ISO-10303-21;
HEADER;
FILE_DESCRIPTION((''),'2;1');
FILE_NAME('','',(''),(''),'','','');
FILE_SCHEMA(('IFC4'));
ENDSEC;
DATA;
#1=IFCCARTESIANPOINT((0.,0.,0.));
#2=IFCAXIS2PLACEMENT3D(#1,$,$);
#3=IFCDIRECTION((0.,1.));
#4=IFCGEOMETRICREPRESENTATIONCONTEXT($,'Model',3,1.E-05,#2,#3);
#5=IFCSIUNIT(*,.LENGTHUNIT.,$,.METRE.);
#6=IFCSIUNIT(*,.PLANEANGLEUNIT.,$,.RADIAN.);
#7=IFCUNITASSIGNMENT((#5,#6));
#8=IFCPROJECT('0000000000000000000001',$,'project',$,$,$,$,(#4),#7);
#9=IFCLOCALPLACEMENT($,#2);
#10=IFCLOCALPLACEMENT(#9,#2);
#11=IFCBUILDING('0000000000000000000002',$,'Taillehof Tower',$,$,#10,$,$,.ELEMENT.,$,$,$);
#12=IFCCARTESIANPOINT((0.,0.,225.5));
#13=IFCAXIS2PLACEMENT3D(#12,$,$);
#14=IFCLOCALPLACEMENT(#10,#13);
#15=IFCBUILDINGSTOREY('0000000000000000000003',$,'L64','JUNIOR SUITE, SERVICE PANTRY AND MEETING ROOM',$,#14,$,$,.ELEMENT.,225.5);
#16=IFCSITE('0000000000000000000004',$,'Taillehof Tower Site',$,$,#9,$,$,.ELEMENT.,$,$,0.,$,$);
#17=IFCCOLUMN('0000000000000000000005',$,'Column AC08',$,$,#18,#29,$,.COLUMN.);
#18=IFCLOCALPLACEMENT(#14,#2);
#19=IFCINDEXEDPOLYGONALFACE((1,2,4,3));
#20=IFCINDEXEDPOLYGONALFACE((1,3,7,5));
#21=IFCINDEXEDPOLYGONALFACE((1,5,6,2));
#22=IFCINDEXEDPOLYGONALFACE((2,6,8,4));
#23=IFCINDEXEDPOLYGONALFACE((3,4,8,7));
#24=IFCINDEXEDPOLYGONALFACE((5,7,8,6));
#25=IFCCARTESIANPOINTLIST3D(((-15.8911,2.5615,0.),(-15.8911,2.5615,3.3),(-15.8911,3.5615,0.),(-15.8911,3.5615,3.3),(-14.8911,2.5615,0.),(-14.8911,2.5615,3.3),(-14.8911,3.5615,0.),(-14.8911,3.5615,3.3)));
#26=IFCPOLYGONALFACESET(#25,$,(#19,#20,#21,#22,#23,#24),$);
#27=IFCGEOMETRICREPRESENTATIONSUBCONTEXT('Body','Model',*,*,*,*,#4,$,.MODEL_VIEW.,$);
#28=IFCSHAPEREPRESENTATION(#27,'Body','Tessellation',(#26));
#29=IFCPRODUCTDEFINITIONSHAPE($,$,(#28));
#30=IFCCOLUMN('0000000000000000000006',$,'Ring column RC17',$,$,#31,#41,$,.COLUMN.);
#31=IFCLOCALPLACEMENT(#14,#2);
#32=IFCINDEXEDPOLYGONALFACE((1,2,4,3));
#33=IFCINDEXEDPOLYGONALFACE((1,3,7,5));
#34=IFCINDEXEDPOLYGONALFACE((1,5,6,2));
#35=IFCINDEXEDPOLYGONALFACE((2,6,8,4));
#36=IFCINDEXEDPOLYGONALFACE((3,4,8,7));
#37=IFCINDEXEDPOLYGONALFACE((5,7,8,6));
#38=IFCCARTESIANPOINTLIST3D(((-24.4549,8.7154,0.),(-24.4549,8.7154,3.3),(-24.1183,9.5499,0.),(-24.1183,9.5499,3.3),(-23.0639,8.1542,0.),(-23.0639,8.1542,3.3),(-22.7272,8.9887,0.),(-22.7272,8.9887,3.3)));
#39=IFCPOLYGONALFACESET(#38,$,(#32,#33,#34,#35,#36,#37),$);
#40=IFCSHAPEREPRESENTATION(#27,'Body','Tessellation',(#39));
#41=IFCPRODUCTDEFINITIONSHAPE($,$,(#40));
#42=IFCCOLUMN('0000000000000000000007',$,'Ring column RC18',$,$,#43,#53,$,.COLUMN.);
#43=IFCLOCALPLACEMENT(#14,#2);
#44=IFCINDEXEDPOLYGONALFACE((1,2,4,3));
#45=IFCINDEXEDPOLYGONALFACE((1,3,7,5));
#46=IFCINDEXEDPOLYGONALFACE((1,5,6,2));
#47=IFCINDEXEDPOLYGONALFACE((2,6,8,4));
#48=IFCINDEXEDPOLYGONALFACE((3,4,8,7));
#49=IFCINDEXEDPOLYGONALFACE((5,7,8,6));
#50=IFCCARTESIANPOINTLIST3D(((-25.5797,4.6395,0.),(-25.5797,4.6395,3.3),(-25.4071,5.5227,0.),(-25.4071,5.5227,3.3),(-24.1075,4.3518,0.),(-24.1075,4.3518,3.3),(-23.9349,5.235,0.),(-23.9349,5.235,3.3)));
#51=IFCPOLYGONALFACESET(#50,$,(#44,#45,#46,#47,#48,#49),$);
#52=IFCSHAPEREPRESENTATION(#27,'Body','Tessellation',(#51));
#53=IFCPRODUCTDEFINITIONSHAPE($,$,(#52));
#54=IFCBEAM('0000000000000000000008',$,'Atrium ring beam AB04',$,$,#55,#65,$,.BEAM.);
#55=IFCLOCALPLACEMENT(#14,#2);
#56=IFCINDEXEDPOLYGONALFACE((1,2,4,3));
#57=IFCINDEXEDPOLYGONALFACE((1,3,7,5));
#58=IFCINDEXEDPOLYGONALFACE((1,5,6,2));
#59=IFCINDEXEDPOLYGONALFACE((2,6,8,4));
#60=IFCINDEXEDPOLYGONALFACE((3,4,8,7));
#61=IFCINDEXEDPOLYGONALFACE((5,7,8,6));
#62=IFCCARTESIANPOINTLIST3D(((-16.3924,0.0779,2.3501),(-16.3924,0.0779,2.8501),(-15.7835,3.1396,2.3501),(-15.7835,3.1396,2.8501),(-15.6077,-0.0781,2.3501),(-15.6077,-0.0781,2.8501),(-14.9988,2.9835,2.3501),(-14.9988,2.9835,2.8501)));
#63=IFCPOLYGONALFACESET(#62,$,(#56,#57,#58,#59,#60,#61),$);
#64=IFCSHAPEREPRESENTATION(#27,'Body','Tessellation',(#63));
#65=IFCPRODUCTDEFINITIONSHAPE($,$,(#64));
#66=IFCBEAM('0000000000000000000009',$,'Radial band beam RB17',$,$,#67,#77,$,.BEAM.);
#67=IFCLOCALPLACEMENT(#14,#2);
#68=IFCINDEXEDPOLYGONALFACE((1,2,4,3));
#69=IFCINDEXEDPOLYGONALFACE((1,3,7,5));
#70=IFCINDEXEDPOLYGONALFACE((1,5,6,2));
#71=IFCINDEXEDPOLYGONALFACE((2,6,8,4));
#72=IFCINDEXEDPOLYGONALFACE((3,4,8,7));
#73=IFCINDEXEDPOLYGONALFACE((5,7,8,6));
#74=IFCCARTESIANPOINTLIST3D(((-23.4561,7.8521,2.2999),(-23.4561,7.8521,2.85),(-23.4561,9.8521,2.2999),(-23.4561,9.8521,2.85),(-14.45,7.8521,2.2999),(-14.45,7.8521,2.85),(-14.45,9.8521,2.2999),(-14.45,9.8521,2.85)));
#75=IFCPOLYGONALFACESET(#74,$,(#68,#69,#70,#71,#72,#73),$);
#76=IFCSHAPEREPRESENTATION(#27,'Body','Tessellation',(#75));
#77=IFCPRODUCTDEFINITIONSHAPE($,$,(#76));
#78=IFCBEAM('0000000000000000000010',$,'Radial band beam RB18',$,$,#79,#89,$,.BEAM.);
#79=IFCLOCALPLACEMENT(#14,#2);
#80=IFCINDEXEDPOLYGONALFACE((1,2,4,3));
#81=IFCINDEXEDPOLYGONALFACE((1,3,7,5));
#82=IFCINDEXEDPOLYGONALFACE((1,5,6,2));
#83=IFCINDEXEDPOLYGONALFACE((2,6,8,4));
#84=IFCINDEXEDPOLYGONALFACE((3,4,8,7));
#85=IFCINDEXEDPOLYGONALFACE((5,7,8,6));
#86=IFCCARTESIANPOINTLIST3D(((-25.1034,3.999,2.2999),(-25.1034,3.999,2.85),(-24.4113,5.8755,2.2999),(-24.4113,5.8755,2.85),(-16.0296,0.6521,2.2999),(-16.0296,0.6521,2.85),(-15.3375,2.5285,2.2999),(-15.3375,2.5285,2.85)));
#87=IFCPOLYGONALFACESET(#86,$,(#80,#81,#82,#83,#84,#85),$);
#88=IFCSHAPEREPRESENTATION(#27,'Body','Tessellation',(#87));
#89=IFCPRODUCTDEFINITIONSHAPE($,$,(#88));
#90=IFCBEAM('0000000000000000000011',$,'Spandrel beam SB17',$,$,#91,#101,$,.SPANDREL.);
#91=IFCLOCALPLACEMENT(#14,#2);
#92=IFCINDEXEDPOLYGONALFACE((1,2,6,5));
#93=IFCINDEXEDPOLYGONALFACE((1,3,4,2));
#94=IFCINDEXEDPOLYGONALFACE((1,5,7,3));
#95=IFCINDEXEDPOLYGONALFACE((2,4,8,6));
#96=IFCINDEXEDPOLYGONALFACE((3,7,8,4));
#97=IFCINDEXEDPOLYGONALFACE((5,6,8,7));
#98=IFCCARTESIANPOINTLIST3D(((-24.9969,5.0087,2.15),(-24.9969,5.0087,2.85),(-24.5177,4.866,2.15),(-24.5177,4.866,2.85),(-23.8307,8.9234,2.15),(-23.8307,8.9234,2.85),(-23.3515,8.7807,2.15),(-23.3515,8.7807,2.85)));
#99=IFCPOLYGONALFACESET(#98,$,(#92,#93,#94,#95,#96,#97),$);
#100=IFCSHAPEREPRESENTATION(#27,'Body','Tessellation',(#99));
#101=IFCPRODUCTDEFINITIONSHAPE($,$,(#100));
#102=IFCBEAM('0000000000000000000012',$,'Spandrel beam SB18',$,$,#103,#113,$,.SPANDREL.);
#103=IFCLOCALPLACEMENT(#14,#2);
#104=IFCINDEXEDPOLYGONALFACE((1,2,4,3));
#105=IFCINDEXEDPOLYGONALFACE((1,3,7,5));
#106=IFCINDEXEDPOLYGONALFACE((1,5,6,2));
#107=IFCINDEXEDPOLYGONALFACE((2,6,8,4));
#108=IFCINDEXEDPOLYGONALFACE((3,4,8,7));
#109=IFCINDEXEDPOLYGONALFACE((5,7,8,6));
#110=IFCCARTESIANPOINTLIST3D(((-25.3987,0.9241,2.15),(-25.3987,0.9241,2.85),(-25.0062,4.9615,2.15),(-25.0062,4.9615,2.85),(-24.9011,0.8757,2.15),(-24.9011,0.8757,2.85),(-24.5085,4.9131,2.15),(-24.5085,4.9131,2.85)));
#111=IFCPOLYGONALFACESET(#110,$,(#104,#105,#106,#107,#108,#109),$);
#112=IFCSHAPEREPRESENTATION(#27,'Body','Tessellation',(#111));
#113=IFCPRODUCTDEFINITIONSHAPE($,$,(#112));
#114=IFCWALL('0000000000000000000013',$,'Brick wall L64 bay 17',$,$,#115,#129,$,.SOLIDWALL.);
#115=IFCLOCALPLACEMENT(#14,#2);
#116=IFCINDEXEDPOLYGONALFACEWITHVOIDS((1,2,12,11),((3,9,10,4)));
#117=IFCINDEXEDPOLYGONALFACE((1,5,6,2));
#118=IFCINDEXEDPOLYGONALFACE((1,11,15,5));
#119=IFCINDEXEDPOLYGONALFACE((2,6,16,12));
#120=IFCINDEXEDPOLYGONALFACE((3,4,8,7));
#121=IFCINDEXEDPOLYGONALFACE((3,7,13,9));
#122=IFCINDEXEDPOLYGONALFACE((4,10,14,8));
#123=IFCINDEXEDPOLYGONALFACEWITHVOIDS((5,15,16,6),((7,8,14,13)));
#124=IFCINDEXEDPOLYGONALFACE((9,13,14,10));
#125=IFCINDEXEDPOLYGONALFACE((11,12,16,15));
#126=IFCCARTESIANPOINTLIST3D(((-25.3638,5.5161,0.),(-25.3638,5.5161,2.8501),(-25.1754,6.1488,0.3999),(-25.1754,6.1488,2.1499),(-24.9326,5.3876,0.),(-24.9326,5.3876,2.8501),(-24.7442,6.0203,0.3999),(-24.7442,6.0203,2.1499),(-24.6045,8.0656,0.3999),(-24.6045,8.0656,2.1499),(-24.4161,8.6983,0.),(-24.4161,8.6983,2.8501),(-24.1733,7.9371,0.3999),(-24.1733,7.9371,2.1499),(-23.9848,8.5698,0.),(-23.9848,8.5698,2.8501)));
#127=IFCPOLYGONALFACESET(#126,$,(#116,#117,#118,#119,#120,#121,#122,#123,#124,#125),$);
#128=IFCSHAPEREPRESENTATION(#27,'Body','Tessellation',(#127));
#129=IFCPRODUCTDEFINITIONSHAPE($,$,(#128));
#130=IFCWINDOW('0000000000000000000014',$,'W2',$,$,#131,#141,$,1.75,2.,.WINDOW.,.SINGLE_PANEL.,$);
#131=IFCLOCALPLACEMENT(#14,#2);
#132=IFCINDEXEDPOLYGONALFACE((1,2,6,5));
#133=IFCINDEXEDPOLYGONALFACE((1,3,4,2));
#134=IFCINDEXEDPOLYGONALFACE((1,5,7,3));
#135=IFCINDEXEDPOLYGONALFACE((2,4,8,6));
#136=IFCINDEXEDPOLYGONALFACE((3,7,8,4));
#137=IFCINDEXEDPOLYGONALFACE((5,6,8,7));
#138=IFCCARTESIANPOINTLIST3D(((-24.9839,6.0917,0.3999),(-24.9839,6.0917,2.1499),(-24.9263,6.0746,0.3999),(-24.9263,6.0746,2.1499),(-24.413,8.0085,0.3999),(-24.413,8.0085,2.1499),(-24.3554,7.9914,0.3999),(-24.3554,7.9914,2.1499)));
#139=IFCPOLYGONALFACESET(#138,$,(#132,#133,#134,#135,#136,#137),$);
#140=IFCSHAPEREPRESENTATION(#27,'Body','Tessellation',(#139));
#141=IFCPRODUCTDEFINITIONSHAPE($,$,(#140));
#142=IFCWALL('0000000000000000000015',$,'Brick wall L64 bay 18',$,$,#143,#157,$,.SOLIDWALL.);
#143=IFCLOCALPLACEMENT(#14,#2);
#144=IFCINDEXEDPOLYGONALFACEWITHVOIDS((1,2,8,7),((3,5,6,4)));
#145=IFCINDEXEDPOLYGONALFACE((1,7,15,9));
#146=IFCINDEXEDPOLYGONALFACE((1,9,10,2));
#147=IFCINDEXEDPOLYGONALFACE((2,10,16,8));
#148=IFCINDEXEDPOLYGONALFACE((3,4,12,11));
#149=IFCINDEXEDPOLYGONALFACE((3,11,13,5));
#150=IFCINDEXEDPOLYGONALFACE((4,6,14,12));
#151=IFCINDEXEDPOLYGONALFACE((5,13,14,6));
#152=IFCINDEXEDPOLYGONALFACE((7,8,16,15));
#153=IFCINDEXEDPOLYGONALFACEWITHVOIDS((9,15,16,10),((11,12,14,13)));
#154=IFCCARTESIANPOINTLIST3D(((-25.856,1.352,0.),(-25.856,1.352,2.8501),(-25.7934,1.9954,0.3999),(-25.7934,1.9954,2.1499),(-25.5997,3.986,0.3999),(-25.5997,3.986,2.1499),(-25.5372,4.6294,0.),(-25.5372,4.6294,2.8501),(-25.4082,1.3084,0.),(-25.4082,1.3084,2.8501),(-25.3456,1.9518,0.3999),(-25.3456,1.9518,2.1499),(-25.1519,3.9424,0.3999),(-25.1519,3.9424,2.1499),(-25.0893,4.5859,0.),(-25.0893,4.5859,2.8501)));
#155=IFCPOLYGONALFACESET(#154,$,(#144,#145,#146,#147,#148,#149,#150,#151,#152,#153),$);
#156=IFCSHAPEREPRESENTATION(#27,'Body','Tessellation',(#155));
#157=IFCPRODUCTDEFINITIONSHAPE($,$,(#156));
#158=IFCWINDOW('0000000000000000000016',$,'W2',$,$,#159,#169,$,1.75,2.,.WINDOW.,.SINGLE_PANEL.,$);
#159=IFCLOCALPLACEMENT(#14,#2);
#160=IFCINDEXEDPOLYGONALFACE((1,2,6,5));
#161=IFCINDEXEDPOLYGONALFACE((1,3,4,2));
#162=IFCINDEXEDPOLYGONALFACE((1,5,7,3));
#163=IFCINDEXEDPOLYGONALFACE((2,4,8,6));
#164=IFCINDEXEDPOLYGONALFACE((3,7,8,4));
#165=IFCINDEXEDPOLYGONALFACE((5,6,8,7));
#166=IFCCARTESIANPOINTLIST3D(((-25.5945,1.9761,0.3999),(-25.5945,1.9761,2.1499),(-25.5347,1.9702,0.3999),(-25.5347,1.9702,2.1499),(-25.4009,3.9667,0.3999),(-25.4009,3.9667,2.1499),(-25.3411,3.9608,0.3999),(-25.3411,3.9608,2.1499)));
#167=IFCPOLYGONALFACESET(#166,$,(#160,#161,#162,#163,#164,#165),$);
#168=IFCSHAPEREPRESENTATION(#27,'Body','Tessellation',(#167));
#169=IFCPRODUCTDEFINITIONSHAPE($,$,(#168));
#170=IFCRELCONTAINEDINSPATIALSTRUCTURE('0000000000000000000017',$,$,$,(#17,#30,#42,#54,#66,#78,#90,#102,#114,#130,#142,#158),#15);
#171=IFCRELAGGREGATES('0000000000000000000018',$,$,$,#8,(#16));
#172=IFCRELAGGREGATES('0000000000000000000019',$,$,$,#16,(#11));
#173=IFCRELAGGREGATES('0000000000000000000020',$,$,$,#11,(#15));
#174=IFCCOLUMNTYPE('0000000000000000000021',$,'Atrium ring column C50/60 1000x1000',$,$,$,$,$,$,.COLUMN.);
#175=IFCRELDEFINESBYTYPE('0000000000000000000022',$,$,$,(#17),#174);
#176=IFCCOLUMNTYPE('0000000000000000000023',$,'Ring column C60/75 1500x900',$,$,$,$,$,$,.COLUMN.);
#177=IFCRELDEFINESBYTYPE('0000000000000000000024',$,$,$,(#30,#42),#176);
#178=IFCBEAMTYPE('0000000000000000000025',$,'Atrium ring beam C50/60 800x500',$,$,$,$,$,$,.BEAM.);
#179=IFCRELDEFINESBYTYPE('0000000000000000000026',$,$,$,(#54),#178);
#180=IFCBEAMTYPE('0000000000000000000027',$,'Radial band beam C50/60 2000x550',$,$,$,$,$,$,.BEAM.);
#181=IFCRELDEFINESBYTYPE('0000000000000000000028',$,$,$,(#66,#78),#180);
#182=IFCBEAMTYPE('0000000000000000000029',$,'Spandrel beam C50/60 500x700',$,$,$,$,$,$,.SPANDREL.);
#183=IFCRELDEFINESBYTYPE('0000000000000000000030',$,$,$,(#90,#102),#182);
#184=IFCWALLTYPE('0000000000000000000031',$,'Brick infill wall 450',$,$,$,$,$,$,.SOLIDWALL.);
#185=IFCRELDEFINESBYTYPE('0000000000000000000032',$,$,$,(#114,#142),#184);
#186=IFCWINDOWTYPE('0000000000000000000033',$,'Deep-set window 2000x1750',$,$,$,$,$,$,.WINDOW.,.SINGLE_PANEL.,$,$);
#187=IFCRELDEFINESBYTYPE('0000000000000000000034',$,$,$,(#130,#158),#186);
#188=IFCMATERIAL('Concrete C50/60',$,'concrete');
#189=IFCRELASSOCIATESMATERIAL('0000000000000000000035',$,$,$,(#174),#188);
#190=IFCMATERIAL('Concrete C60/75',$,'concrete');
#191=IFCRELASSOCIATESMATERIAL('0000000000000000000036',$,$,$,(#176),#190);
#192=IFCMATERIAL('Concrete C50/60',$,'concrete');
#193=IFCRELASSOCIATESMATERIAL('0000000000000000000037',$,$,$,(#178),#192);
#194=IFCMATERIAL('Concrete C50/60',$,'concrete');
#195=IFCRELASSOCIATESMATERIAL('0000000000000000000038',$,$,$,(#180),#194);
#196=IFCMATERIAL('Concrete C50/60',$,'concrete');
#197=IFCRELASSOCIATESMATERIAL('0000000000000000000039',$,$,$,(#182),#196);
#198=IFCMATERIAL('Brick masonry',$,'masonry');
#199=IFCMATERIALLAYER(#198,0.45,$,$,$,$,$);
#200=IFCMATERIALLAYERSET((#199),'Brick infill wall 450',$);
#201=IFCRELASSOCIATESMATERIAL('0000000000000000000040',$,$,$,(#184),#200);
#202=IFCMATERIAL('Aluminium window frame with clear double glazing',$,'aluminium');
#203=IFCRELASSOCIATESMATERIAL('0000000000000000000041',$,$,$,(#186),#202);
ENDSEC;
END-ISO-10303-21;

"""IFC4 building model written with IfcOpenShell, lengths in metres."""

from ifc_helpers import new_model, si_unit, direction, frame, frame_2d, origin, origin_2d, place, context, subcontext, project, spatial, rectangle, extrude, material, layer, layer_set, material_profile, profile_set, type_object, element, fill, save


model = new_model("IFC4")

# Units and contexts
model_context = context("Model", 3, precision=1e-05, world=origin(), true_north=direction((0.0, 1.0)))
body_context = subcontext(model_context, "Body", "Model", "MODEL_VIEW")
ifc_project = project(units=[si_unit("LENGTHUNIT", "METRE"), si_unit("PLANEANGLEUNIT", "RADIAN")], contexts=[model_context])

# Site, building, storey
site_placement = place(None, origin())
site = spatial("IfcSite", under=ifc_project, at=site_placement, Name="Taillehof Tower Site", CompositionType="ELEMENT", RefElevation=0.0)
building_placement = place(site_placement, origin())
building = spatial("IfcBuilding", under=site, at=building_placement, Name="Taillehof Tower", CompositionType="ELEMENT")
storey_placement = place(building_placement, frame((0.0, 0.0, 225.5)))
storey = spatial("IfcBuildingStorey", under=building, at=storey_placement, Name="L64", Description="JUNIOR SUITE, SERVICE PANTRY AND MEETING ROOM", CompositionType="ELEMENT", Elevation=225.5)

# Columns
ifc_material_1 = material(Name="Concrete C50/60", Category="concrete")
ifc_material_profile_1 = material_profile(ifc_material_1, rectangle(XDim=1.0, YDim=1.0, at=origin_2d()), Name="RC 1000x1000")
ifc_profile_set_1 = profile_set([ifc_material_profile_1], Name="Concrete C50/60")
column_type_1 = type_object("IfcColumnType", Name="Atrium ring column C50/60 1000x1000", PredefinedType="COLUMN", material=ifc_profile_set_1)
column_placement = place(storey_placement, frame((-15.3911, 3.0615, 0.0), z_axis=(0.0, 0.0, 1.0), x_axis=(1.0, 0.0, 0.0)))
element("IfcColumn", 1, at=column_placement, inside=storey, type_object=column_type_1, Name="Column AC08", PredefinedType="COLUMN", context=body_context, shape_type="SweptSolid", body=[
    extrude(rectangle(XDim=1.0, YDim=1.0, at=origin_2d()), origin(), (0.0, 0.0, 1.0), 3.3),
])
ifc_material_2 = material(Name="Concrete C60/75", Category="concrete")
ifc_material_profile_2 = material_profile(ifc_material_2, rectangle(XDim=1.5, YDim=0.8999, at=origin_2d()), Name="RC 1500x900")
ifc_profile_set_2 = profile_set([ifc_material_profile_2], Name="Concrete C60/75")
column_type_2 = type_object("IfcColumnType", Name="Ring column C60/75 1500x900", PredefinedType="COLUMN", material=ifc_profile_set_2)
for number, where, z_axis, x_axis, name in (
    (2, (-23.5911, 8.8521, 0.0), (0.0, 0.0, 1.0), (-0.927385, 0.374108, 0.0), "Ring column RC17"),
    (3, (-24.7573, 4.9373, 0.0), (0.0, 0.0, 1.0), (-0.981434, 0.191801, 0.0), "Ring column RC18"),
):
    element("IfcColumn", number, at=place(storey_placement, frame(where, z_axis=z_axis, x_axis=x_axis)), inside=storey, type_object=column_type_2, Name=name, PredefinedType="COLUMN", context=body_context, shape_type="SweptSolid", body=[
        extrude(rectangle(XDim=1.5, YDim=0.8999, at=origin_2d()), origin(), (0.0, 0.0, 1.0), 3.3),
    ])

# Beams
ifc_material_3 = material(Name="Concrete C50/60", Category="concrete")
ifc_material_profile_3 = material_profile(ifc_material_3, rectangle(XDim=0.8, YDim=0.5, at=origin_2d()), Name="RC 800x500")
ifc_profile_set_3 = profile_set([ifc_material_profile_3], Name="Concrete C50/60")
beam_type_1 = type_object("IfcBeamType", Name="Atrium ring beam C50/60 800x500", PredefinedType="BEAM", material=ifc_profile_set_3)
beam_1_placement = place(storey_placement, frame((-15.3911, 3.0615, 2.6001), z_axis=(-0.195063, -0.980791, 0.0), x_axis=(0.980791, -0.195063, 0.0)))
element("IfcBeam", 4, at=beam_1_placement, inside=storey, type_object=beam_type_1, Name="Atrium ring beam AB04", PredefinedType="BEAM", context=body_context, shape_type="SweptSolid", body=[
    extrude(rectangle(XDim=0.8, YDim=0.5, at=origin_2d()), origin(), (0.0, 0.0, 1.0), 3.1216),
])
ifc_material_4 = material(Name="Concrete C50/60", Category="concrete")
ifc_material_profile_4 = material_profile(ifc_material_4, rectangle(XDim=2.0, YDim=0.55, at=origin_2d()), Name="RC 2000x550")
ifc_profile_set_4 = profile_set([ifc_material_profile_4], Name="Concrete C50/60")
beam_type_2 = type_object("IfcBeamType", Name="Radial band beam C50/60 2000x550", PredefinedType="BEAM", material=ifc_profile_set_4)
beam_2_placement = place(storey_placement, frame((-23.4561, 8.8521, 2.575), z_axis=(1.0, 0.0, 0.0), x_axis=(0.0, 1.0, 0.0)))
element("IfcBeam", 5, at=beam_2_placement, inside=storey, type_object=beam_type_2, Name="Radial band beam RB17", PredefinedType="BEAM", context=body_context, shape_type="SweptSolid", body=[
    extrude(rectangle(XDim=2.0, YDim=0.55, at=origin_2d()), origin(), (0.0, 0.0, 1.0), 9.0061),
])
beam_3_placement = place(storey_placement, frame((-24.7573, 4.9373, 2.575), z_axis=(0.93821, -0.346067, 0.0), x_axis=(0.346067, 0.93821, 0.0)))
element("IfcBeam", 6, at=beam_3_placement, inside=storey, type_object=beam_type_2, Name="Radial band beam RB18", PredefinedType="BEAM", context=body_context, shape_type="SweptSolid", body=[
    extrude(rectangle(XDim=2.0, YDim=0.55, at=origin_2d()), origin(), (0.0, 0.0, 1.0), 9.6714),
])
ifc_material_5 = material(Name="Concrete C50/60", Category="concrete")
ifc_material_profile_5 = material_profile(ifc_material_5, rectangle(XDim=0.5, YDim=0.7, at=origin_2d()), Name="RC 500x700")
ifc_profile_set_5 = profile_set([ifc_material_profile_5], Name="Concrete C50/60")
beam_type_3 = type_object("IfcBeamType", Name="Spandrel beam C50/60 500x700", PredefinedType="SPANDREL", material=ifc_profile_set_5)
beam_4_placement = place(storey_placement, frame((-23.5911, 8.8521, 2.5), z_axis=(-0.28551, -0.958376, 0.0), x_axis=(0.958376, -0.28551, 0.0)))
element("IfcBeam", 7, at=beam_4_placement, inside=storey, type_object=beam_type_3, Name="Spandrel beam SB17", PredefinedType="SPANDREL", context=body_context, shape_type="SweptSolid", body=[
    extrude(rectangle(XDim=0.5, YDim=0.7, at=origin_2d()), origin(), (0.0, 0.0, 1.0), 4.0847),
])
beam_5_placement = place(storey_placement, frame((-24.7573, 4.9373, 2.5), z_axis=(-0.09678, -0.995306, 0.0), x_axis=(0.995306, -0.09678, 0.0)))
element("IfcBeam", 8, at=beam_5_placement, inside=storey, type_object=beam_type_3, Name="Spandrel beam SB18", PredefinedType="SPANDREL", context=body_context, shape_type="SweptSolid", body=[
    extrude(rectangle(XDim=0.5, YDim=0.7, at=origin_2d()), origin(), (0.0, 0.0, 1.0), 4.0564),
])

# Walls, openings, windows
ifc_material_6 = material(Name="Brick masonry", Category="masonry")
ifc_layer_1 = layer(ifc_material_6, 0.45)
ifc_layer_set_1 = layer_set([ifc_layer_1], Name="Brick infill wall 450")
wall_type_1 = type_object("IfcWallType", Name="Brick infill wall 450", PredefinedType="SOLIDWALL", material=ifc_layer_set_1)
wall_1_placement = place(storey_placement, frame((-24.2004, 8.634, 0.0), z_axis=(0.0, 0.0, 1.0), x_axis=(-0.285445, -0.958395, 0.0)))
wall_1 = element("IfcWall", 9, at=wall_1_placement, inside=storey, type_object=wall_type_1, Name="Brick wall L64 bay 17", PredefinedType="SOLIDWALL", context=body_context, shape_type="SweptSolid", body=[
    extrude(rectangle(XDim=3.3203, YDim=0.45, at=frame_2d((1.6602, 0.0))), origin(), (0.0, 0.0, 1.0), 2.8501),
])
opening_1_placement = place(wall_1_placement, frame((0.6602, 0.0, 0.3999)))
opening_1 = element("IfcOpeningElement", 10, at=opening_1_placement, cuts=wall_1, PredefinedType="OPENING", context=body_context, shape_type="SweptSolid", body=[
    extrude(rectangle(XDim=2.0, YDim=1.75, at=frame_2d((1.0, 0.875))), frame((0.0, 0.2349, 0.0), z_axis=(0.0, -1.0, 0.0), x_axis=(1.0, 0.0, 0.0)), (0.0, 0.0, 1.0), 0.47),
])
ifc_material_7 = material(Name="Aluminium window frame with clear double glazing", Category="aluminium")
window_type = type_object("IfcWindowType", Name="Deep-set window 2000x1750", PartitioningType="SINGLE_PANEL", PredefinedType="WINDOW", material=ifc_material_7)
window_1_placement = place(opening_1_placement, origin())
window_1 = element("IfcWindow", 11, at=window_1_placement, inside=storey, type_object=window_type, Name="W2", OverallHeight=1.75, OverallWidth=2.0, PartitioningType="SINGLE_PANEL", PredefinedType="WINDOW", context=body_context, shape_type="SweptSolid", body=[
    extrude(rectangle(XDim=2.0, YDim=1.75, at=frame_2d((1.0, 0.875))), frame((0.0, 0.0349, 0.0), z_axis=(0.0, -1.0, 0.0), x_axis=(1.0, 0.0, 0.0)), (0.0, 0.0, 1.0), 0.0601),
])
fill(opening_1, window_1)
wall_2_placement = place(storey_placement, frame((-25.3132, 4.6077, 0.0), z_axis=(0.0, 0.0, 1.0), x_axis=(-0.096824, -0.995302, 0.0)))
wall_2 = element("IfcWall", 12, at=wall_2_placement, inside=storey, type_object=wall_type_1, Name="Brick wall L64 bay 18", PredefinedType="SOLIDWALL", context=body_context, shape_type="SweptSolid", body=[
    extrude(rectangle(XDim=3.293, YDim=0.45, at=frame_2d((1.6465, 0.0))), origin(), (0.0, 0.0, 1.0), 2.8501),
])
opening_2_placement = place(wall_2_placement, frame((0.6465, 0.0, 0.3999)))
opening_2 = element("IfcOpeningElement", 13, at=opening_2_placement, cuts=wall_2, PredefinedType="OPENING", context=body_context, shape_type="SweptSolid", body=[
    extrude(rectangle(XDim=2.0, YDim=1.75, at=frame_2d((1.0, 0.875))), frame((0.0, 0.2349, 0.0), z_axis=(0.0, -1.0, 0.0), x_axis=(1.0, 0.0, 0.0)), (0.0, 0.0, 1.0), 0.47),
])
window_2_placement = place(opening_2_placement, origin())
window_2 = element("IfcWindow", 14, at=window_2_placement, inside=storey, type_object=window_type, Name="W2", OverallHeight=1.75, OverallWidth=2.0, PartitioningType="SINGLE_PANEL", PredefinedType="WINDOW", context=body_context, shape_type="SweptSolid", body=[
    extrude(rectangle(XDim=2.0, YDim=1.75, at=frame_2d((1.0, 0.875))), frame((0.0, 0.0349, 0.0), z_axis=(0.0, -1.0, 0.0), x_axis=(1.0, 0.0, 0.0)), (0.0, 0.0, 1.0), 0.0601),
])
fill(opening_2, window_2)

save(model, "model.ifc")
